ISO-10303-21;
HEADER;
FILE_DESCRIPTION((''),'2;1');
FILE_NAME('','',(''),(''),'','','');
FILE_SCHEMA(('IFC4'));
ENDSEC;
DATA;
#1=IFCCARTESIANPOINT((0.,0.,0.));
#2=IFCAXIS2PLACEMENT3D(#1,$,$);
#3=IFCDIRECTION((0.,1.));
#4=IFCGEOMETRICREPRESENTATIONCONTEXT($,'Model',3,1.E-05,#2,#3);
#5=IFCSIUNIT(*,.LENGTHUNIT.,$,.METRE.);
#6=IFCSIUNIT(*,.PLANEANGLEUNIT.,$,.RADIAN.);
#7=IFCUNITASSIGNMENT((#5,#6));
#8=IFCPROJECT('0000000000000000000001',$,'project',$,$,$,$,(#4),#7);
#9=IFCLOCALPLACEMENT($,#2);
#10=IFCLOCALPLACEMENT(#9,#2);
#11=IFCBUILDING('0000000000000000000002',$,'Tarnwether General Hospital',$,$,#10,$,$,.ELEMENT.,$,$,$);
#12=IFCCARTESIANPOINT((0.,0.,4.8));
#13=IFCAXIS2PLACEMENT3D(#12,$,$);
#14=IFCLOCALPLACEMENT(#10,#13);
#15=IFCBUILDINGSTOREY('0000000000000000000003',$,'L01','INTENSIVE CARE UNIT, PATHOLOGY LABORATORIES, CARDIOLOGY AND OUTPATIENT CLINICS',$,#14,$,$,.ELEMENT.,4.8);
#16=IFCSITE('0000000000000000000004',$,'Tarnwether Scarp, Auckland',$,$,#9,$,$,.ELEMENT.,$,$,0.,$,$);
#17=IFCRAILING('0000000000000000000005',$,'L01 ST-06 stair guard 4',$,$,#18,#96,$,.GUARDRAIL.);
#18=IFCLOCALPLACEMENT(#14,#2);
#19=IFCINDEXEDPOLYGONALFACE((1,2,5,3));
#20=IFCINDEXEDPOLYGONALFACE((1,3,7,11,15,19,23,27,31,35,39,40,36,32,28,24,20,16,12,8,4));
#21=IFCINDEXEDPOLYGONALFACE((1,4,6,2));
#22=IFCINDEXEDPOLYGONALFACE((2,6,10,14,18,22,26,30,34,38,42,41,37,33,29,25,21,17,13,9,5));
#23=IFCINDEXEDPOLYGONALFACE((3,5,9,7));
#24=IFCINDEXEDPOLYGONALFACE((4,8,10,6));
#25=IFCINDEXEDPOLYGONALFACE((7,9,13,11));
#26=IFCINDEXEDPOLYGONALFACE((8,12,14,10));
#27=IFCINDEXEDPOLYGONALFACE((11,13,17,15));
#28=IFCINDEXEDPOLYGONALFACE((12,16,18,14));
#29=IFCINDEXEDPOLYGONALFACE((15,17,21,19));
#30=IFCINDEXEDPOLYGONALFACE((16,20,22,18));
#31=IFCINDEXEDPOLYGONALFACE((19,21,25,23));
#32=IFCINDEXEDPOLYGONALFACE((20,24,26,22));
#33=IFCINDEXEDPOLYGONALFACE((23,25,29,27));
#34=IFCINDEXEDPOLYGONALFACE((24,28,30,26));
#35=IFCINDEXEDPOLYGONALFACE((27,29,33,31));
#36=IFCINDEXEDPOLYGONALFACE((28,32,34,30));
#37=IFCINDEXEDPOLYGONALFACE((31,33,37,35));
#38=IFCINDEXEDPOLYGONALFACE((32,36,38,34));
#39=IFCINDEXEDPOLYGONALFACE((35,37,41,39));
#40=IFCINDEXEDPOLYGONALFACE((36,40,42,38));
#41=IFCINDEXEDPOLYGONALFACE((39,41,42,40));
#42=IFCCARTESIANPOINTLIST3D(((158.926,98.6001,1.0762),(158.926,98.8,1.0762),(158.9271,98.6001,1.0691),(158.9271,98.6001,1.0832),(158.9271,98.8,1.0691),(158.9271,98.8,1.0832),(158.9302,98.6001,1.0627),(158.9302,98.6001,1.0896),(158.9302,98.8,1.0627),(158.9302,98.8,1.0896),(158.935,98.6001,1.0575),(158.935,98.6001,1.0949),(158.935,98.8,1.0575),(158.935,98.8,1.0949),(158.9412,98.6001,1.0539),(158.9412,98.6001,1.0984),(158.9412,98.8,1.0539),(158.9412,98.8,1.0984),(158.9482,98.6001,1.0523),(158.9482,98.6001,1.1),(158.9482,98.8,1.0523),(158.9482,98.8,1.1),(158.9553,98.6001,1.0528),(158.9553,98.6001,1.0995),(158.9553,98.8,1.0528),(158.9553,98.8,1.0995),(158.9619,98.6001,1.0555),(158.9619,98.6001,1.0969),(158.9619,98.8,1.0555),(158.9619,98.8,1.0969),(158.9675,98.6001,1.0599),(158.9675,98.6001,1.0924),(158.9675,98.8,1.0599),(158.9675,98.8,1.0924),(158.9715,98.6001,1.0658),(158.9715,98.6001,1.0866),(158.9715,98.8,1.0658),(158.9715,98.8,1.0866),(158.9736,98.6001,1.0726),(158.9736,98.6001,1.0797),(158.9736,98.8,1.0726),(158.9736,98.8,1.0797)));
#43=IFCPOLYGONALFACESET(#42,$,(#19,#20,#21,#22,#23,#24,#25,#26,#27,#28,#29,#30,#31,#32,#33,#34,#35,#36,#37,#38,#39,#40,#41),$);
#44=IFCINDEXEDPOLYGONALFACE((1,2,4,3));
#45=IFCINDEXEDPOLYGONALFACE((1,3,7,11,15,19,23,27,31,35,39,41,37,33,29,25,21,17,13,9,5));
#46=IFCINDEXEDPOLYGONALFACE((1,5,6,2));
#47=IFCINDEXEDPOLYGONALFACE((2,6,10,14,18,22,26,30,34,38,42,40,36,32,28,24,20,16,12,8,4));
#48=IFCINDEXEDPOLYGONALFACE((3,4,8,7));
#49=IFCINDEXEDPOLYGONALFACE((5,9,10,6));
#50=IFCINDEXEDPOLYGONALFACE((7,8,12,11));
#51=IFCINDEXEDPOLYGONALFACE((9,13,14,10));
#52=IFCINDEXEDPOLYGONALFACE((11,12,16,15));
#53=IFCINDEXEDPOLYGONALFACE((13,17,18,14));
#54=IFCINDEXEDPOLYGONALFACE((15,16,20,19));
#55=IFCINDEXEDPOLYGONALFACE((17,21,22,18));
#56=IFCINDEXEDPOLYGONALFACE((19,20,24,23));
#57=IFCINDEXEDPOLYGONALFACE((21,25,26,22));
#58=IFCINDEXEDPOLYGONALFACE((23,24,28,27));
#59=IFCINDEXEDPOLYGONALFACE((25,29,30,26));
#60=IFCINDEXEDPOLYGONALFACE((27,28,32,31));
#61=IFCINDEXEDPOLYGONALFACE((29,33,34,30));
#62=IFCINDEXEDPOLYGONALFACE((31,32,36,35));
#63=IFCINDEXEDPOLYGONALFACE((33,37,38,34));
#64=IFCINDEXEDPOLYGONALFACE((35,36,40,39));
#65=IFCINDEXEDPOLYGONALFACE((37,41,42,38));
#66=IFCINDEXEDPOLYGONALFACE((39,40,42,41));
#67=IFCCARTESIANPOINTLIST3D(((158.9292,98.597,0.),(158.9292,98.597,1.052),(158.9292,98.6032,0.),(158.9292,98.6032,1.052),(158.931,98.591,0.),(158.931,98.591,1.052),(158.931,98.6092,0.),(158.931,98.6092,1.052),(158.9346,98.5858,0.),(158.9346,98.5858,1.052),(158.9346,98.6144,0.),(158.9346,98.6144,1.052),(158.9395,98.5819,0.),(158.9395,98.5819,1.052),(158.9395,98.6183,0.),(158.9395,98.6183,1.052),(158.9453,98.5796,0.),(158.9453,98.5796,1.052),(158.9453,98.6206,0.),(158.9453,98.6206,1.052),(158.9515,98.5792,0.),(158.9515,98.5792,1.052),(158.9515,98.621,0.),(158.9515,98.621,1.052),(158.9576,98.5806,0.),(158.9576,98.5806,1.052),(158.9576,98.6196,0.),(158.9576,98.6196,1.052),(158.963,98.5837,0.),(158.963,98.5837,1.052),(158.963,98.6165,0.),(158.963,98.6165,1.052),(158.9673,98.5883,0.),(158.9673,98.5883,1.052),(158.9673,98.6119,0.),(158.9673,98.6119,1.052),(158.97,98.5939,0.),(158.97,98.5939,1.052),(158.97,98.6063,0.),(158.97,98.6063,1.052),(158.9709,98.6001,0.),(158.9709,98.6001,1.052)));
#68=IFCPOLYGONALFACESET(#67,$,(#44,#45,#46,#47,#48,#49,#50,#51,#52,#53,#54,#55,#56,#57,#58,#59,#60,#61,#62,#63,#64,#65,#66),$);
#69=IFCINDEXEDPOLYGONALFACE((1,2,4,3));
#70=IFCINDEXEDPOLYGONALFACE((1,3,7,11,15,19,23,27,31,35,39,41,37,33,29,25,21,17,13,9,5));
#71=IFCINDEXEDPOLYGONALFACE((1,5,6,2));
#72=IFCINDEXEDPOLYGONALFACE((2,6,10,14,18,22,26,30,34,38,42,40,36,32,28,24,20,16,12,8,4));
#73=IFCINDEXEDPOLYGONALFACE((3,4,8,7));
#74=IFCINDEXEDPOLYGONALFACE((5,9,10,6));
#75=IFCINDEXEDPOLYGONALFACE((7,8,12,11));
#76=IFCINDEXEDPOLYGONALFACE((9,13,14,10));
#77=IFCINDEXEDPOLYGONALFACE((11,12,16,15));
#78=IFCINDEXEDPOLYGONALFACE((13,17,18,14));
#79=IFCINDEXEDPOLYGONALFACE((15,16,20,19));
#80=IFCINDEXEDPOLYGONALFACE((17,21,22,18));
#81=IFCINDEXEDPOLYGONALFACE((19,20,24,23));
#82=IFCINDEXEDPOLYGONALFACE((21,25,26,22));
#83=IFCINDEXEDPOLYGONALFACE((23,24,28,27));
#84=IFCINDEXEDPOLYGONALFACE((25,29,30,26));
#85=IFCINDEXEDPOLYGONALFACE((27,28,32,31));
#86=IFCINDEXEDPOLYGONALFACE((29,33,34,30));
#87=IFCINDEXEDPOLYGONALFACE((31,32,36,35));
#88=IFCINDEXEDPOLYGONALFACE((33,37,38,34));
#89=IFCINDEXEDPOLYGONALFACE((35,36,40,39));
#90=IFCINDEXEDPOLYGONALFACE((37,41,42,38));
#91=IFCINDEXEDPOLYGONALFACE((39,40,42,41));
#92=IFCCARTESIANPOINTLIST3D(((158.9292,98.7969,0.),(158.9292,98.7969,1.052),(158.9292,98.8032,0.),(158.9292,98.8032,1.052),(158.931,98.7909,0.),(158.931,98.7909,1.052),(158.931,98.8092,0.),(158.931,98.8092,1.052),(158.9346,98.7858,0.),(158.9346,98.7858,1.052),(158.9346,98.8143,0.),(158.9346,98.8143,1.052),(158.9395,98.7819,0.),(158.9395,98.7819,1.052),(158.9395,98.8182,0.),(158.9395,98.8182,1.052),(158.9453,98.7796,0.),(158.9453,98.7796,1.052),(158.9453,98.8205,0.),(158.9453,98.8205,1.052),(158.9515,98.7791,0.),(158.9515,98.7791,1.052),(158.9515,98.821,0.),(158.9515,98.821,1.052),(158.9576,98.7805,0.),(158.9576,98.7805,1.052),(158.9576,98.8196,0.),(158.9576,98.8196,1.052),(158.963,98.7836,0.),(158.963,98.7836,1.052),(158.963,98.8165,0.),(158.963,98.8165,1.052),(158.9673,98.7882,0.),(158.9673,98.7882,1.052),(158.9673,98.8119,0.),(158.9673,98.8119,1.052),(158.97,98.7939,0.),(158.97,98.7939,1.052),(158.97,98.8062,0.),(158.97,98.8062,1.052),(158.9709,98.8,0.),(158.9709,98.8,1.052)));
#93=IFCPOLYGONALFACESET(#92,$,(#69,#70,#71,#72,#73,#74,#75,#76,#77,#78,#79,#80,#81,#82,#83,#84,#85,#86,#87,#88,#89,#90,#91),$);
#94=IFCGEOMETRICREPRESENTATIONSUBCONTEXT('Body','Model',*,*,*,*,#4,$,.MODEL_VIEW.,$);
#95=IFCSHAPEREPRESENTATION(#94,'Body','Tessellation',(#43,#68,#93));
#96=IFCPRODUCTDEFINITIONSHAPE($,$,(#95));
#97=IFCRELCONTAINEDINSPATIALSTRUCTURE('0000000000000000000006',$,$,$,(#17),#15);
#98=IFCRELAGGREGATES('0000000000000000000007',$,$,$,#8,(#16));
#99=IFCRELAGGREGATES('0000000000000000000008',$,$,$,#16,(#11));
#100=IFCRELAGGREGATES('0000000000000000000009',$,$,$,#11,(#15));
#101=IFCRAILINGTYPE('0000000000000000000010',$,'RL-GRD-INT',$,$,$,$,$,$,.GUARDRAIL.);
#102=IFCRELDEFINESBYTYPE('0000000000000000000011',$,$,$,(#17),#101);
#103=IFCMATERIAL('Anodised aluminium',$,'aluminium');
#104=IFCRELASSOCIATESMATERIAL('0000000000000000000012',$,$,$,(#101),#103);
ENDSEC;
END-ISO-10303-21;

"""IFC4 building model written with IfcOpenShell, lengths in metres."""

from ifc_helpers import new_model, si_unit, direction, frame, origin, origin_2d, place, context, subcontext, project, spatial, circle, extrude, material, type_object, element, save


model = new_model("IFC4")

# Units and contexts
model_context = context("Model", 3, precision=1e-05, world=origin(), true_north=direction((0.0, 1.0)))
body_context = subcontext(model_context, "Body", "Model", "MODEL_VIEW")
ifc_project = project(units=[si_unit("LENGTHUNIT", "METRE"), si_unit("PLANEANGLEUNIT", "RADIAN")], contexts=[model_context])

# Site, building, storey
site_placement = place(None, origin())
site = spatial("IfcSite", under=ifc_project, at=site_placement, Name="Tarnwether Scarp, Auckland", CompositionType="ELEMENT", RefElevation=0.0)
building_placement = place(site_placement, origin())
building = spatial("IfcBuilding", under=site, at=building_placement, Name="Tarnwether General Hospital", CompositionType="ELEMENT")
storey_placement = place(building_placement, frame((0.0, 0.0, 4.8)))
storey = spatial("IfcBuildingStorey", under=building, at=storey_placement, Name="L01", Description="INTENSIVE CARE UNIT, PATHOLOGY LABORATORIES, CARDIOLOGY AND OUTPATIENT CLINICS", CompositionType="ELEMENT", Elevation=4.8)

# Railing
ifc_material_1 = material(Name="Anodised aluminium", Category="aluminium")
railing_type_1 = type_object("IfcRailingType", Name="RL-GRD-INT", PredefinedType="GUARDRAIL", material=ifc_material_1)
railing_1_placement = place(storey_placement, frame((158.95, 98.6001, 0.0)))
element("IfcRailing", 1, at=railing_1_placement, inside=storey, type_object=railing_type_1, Name="L01 ST-06 stair guard 4", PredefinedType="GUARDRAIL", context=body_context, shape_type="SweptSolid", body=[
    extrude(circle(Radius=0.0239, at=origin_2d()), frame((0.0, 0.0, 1.0762), z_axis=(0.0, 1.0, 0.0), x_axis=(-1.0, 0.0, 0.0)), (0.0, 0.0, 1.0), 0.2),
    extrude(circle(Radius=0.021, at=origin_2d()), origin(), (0.0, 0.0, 1.0), 1.052),
    extrude(circle(Radius=0.021, at=origin_2d()), frame((0.0, 0.2, 0.0)), (0.0, 0.0, 1.0), 1.052),
])

save(model, "model.ifc")
